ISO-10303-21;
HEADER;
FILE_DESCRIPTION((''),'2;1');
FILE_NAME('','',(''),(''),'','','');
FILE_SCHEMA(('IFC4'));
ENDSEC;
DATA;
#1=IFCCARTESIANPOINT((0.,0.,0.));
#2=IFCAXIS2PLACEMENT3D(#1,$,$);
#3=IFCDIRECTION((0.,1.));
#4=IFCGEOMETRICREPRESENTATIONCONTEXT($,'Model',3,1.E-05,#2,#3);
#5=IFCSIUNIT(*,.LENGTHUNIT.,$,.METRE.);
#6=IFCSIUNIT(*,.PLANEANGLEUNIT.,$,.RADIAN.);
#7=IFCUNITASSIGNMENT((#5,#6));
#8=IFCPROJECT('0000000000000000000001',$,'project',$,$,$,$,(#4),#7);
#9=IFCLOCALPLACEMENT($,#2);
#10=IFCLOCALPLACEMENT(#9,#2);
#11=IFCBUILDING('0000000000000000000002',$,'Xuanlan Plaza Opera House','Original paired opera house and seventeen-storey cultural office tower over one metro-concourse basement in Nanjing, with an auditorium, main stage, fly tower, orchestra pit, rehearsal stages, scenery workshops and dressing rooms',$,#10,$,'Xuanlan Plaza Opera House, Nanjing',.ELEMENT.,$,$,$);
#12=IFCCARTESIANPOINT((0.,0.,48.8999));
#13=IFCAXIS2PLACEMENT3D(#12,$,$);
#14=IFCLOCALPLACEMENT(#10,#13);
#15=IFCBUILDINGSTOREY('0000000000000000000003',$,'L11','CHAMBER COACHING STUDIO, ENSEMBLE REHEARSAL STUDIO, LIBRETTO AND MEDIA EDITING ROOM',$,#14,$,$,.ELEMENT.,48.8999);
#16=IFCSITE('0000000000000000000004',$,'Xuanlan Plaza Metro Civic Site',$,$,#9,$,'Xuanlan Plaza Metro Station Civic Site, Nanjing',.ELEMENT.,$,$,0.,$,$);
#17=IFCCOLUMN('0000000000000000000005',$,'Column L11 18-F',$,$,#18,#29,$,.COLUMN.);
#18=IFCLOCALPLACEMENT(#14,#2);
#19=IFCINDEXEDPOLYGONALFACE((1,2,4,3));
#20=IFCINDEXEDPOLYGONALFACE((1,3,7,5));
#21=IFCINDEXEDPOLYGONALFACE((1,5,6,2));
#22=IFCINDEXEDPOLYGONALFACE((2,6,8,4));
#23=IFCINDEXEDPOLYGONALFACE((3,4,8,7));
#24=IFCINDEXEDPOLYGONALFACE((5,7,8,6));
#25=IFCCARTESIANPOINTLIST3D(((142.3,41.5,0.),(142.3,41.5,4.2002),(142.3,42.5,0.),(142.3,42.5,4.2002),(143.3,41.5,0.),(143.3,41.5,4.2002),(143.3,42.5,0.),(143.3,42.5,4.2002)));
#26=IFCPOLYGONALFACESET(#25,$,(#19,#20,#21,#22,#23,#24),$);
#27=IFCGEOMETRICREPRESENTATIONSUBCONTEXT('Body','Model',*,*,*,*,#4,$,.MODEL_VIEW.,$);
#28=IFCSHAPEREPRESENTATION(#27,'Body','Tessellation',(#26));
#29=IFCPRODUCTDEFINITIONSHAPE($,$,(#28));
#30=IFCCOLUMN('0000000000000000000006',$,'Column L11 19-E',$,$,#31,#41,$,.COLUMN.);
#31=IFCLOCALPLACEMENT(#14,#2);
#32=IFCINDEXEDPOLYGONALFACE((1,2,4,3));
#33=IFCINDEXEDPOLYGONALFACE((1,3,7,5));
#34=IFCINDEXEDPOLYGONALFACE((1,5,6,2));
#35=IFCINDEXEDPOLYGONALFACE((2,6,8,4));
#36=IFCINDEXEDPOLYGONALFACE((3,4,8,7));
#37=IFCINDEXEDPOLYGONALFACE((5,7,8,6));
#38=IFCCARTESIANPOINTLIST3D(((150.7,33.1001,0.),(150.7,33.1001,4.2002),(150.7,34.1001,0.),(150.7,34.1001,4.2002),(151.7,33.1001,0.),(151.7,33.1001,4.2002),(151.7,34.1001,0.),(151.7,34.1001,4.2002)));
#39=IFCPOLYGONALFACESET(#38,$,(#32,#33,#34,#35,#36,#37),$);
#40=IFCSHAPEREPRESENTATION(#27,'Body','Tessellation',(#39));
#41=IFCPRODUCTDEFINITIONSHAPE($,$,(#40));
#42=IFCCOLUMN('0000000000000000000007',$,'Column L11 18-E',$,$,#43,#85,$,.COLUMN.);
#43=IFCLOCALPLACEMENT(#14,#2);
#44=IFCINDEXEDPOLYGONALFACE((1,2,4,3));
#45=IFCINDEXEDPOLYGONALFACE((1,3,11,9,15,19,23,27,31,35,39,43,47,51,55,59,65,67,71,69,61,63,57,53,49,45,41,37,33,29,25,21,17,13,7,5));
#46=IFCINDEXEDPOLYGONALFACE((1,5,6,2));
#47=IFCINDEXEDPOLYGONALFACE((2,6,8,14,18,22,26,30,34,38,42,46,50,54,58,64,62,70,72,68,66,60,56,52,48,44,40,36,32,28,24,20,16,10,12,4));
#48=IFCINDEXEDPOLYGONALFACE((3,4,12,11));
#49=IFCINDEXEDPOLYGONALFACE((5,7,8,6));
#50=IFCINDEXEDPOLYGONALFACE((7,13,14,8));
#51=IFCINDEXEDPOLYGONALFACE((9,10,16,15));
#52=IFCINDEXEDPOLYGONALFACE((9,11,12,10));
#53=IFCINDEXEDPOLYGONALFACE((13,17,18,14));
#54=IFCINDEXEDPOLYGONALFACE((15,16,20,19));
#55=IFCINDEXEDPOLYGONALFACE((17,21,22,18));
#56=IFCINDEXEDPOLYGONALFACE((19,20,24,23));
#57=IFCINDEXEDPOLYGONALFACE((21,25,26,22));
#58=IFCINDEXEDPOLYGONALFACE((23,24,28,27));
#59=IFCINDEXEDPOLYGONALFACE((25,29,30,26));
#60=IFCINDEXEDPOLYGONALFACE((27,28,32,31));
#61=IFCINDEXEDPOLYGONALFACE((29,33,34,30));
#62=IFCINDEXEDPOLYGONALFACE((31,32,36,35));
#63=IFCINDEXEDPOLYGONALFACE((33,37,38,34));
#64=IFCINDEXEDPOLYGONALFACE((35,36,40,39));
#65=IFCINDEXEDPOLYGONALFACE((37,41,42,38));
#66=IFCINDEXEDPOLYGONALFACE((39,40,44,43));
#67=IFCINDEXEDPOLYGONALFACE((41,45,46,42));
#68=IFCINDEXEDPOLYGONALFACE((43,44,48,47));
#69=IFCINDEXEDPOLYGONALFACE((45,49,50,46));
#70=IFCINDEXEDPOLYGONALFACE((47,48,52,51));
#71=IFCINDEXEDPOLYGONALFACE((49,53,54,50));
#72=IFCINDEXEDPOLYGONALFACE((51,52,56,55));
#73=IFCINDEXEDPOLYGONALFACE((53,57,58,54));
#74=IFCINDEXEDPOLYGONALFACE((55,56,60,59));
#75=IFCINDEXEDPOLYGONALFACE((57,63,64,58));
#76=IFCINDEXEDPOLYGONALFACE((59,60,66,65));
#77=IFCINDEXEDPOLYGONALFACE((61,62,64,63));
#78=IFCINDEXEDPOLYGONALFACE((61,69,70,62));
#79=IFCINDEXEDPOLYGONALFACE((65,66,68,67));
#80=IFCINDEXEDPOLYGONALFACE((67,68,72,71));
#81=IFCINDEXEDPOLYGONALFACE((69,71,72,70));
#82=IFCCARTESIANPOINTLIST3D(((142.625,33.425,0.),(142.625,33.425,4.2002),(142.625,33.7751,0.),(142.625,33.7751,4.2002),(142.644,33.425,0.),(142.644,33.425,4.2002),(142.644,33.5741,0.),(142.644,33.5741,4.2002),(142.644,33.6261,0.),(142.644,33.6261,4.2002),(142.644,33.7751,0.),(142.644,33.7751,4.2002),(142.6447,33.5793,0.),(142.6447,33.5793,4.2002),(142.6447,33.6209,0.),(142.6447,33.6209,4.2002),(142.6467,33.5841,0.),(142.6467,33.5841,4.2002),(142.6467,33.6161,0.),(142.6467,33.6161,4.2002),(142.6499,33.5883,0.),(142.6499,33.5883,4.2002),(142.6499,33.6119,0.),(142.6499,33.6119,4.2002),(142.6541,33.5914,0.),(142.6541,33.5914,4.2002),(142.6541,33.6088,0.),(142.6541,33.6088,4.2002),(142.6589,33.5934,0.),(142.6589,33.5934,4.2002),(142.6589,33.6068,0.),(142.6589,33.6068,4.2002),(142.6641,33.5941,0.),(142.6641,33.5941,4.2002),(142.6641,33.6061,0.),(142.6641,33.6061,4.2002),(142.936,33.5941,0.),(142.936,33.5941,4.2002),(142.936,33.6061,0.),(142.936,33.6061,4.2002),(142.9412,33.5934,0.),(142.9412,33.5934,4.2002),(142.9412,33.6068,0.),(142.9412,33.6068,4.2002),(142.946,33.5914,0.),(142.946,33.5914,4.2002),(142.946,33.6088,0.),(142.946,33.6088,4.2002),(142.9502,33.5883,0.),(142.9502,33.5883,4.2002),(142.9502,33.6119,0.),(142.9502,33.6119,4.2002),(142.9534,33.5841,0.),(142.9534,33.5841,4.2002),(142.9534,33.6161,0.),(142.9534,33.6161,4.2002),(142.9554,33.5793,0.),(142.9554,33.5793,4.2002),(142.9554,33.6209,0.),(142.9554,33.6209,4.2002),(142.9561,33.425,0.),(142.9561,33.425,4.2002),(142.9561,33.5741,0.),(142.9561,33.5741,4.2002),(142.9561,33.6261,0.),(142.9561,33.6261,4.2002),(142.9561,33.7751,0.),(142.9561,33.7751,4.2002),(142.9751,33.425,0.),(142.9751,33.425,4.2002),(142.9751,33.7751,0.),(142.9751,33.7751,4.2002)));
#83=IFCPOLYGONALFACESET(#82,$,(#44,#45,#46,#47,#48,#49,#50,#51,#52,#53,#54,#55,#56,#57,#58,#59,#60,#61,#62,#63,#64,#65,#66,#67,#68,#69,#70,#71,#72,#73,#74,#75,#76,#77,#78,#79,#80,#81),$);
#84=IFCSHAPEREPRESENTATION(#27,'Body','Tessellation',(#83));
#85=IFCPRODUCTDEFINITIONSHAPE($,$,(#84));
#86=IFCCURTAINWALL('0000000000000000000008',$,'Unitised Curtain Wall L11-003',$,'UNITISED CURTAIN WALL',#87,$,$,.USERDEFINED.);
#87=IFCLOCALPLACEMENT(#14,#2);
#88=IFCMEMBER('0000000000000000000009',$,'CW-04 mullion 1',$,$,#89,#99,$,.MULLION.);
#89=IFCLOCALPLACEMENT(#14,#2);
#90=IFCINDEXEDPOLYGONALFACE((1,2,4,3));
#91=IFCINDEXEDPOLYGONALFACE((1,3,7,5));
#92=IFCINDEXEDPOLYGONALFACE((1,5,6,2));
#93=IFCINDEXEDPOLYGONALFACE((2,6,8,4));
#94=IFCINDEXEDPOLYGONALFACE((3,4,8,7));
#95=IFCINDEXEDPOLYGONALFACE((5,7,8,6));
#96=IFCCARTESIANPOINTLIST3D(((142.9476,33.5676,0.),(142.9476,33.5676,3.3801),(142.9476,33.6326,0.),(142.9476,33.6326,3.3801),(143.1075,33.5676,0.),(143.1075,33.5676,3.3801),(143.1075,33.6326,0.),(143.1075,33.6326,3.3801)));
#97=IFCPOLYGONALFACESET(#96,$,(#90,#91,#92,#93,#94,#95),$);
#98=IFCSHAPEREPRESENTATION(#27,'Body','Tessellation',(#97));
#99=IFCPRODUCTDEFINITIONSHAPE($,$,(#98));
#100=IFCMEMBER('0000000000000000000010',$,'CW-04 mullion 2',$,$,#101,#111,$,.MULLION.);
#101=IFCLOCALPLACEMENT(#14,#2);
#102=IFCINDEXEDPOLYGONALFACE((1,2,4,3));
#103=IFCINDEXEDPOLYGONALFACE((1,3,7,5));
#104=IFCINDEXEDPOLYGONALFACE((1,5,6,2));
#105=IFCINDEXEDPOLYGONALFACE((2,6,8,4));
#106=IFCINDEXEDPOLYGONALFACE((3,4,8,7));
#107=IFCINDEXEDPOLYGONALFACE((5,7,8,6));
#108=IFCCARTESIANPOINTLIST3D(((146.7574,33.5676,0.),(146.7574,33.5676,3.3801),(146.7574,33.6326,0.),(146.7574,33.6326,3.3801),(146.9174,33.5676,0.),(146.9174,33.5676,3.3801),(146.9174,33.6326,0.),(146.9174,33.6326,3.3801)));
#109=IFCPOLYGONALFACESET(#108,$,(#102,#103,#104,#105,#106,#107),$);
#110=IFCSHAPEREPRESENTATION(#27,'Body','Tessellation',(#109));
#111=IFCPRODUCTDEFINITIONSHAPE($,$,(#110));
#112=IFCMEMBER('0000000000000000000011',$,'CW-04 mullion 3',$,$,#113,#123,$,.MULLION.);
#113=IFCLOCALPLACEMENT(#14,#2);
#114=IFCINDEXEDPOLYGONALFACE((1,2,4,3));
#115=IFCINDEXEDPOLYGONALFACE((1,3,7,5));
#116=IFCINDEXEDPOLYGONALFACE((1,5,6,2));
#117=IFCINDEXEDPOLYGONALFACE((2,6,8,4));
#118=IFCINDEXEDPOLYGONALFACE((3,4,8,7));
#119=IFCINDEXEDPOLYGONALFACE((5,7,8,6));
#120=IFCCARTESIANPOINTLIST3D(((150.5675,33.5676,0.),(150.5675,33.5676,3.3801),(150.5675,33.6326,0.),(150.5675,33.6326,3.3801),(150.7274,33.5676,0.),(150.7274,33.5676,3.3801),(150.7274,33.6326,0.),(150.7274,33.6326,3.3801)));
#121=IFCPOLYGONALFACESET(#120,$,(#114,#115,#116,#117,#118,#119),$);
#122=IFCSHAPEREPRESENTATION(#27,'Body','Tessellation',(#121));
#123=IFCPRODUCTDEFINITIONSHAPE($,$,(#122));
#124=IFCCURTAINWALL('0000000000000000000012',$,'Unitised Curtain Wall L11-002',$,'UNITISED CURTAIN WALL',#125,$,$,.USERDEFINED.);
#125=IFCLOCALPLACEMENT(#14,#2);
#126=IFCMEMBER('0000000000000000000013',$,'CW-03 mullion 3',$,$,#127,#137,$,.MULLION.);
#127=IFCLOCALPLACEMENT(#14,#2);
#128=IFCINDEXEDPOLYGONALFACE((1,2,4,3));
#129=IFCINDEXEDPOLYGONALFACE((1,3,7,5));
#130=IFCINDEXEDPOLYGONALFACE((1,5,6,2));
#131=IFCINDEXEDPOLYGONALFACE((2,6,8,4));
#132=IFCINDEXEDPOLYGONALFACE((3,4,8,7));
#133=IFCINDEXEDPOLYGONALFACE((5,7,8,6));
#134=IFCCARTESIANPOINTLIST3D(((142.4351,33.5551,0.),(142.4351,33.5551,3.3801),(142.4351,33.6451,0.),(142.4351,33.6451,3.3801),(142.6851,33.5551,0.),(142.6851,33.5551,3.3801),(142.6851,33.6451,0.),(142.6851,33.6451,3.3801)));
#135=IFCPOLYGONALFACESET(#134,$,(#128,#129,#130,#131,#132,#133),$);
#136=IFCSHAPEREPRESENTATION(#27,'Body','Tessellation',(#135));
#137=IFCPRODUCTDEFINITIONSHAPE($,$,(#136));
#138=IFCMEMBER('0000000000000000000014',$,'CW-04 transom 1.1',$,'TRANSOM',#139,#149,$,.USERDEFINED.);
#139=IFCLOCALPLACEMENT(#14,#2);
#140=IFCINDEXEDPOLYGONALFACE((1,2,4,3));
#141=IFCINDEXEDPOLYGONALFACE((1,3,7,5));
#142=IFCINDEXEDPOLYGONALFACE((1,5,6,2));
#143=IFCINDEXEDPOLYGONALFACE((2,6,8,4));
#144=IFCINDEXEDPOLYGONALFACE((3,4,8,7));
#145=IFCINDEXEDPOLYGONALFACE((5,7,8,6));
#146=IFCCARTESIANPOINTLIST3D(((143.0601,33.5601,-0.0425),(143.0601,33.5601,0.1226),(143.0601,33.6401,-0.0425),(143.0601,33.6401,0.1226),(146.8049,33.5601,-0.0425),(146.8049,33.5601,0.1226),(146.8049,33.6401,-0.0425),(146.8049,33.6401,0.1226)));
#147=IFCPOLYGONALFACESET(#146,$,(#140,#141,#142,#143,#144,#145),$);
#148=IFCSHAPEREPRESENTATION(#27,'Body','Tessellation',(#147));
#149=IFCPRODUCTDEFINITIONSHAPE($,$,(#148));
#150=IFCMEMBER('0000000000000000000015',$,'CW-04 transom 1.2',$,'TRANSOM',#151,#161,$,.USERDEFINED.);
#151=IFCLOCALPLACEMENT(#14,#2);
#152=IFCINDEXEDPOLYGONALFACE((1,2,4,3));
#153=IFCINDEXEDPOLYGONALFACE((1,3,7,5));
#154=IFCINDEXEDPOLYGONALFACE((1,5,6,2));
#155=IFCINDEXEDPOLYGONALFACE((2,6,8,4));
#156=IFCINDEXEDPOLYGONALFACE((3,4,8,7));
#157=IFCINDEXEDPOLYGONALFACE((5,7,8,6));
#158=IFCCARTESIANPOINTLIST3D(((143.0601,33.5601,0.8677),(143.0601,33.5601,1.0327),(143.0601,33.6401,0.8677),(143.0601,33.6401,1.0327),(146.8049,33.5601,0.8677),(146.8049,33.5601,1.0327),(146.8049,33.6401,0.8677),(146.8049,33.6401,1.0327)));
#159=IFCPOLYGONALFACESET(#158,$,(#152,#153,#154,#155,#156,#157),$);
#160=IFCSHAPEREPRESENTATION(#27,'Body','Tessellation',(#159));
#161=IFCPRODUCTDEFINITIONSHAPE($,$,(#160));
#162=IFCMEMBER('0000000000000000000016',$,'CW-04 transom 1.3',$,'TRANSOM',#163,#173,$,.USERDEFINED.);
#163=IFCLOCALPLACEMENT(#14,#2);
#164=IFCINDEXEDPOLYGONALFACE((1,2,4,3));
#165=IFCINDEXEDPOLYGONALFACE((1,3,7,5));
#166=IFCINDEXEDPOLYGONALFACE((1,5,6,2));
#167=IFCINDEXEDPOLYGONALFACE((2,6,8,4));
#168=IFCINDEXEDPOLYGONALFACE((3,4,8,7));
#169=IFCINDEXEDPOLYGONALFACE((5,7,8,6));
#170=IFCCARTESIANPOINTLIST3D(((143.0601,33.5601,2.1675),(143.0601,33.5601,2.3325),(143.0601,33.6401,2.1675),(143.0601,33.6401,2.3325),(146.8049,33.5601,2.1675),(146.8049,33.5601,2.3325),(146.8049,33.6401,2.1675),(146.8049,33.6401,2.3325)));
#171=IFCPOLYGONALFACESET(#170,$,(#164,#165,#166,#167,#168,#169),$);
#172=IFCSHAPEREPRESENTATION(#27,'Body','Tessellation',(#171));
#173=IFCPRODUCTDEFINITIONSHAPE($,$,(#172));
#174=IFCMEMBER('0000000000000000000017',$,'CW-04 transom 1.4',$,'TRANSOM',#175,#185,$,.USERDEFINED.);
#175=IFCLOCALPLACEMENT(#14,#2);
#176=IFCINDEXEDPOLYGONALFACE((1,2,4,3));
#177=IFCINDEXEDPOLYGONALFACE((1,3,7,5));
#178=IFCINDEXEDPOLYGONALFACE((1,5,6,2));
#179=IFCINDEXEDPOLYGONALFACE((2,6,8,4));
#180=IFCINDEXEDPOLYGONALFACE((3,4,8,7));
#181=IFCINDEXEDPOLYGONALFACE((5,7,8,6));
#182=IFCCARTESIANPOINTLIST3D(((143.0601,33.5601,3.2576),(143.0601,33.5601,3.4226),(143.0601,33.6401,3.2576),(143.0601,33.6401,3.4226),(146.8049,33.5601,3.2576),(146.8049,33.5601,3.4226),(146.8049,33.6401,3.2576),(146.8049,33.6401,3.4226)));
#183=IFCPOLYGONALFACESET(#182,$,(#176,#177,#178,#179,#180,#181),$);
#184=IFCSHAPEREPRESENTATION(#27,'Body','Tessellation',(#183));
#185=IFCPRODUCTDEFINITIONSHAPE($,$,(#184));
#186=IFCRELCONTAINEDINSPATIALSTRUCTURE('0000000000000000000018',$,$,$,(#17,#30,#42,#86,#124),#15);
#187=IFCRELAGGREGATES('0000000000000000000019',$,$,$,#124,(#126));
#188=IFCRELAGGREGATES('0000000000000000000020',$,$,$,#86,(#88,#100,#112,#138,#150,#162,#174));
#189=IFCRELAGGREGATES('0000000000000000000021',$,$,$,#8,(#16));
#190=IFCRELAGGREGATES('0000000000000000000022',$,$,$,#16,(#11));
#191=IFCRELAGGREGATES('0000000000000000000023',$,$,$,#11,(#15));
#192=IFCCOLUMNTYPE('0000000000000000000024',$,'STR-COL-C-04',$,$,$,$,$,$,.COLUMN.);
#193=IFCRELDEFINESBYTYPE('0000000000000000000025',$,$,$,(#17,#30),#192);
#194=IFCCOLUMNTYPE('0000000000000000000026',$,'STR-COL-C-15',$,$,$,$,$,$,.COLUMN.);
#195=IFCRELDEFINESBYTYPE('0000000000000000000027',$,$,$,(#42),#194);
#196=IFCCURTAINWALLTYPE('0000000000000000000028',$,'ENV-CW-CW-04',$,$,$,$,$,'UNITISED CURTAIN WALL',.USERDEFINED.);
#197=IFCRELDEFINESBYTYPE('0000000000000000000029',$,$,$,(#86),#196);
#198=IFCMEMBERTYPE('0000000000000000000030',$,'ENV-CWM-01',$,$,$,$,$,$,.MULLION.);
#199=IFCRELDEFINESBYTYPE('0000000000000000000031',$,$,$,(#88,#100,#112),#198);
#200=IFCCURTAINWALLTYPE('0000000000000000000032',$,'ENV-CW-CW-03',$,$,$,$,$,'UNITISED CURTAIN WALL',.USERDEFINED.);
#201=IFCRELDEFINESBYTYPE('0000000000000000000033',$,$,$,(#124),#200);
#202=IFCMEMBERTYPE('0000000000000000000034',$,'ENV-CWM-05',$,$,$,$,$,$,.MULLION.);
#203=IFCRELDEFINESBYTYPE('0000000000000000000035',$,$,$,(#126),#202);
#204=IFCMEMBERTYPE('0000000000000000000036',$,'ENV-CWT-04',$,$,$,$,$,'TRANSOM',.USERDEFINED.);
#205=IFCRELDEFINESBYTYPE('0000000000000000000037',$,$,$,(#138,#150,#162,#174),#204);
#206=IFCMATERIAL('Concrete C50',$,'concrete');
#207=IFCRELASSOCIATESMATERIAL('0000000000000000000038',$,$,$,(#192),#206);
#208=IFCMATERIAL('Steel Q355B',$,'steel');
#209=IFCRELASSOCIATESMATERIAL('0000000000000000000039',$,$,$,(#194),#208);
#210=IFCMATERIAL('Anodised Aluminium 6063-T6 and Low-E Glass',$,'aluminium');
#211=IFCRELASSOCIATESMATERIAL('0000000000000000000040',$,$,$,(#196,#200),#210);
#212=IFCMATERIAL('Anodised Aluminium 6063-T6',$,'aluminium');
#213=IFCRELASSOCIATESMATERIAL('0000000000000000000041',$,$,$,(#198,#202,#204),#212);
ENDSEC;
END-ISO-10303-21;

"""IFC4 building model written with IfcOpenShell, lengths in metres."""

from ifc_helpers import new_model, si_unit, direction, frame, origin, origin_2d, place, context, subcontext, project, spatial, rectangle, i_section, extrude, material, material_profile, profile_set, type_object, element, aggregate, save


model = new_model("IFC4")

# Units and contexts
model_context = context("Model", 3, precision=1e-05, world=origin(), true_north=direction((0.0, 1.0)))
body_context = subcontext(model_context, "Body", "Model", "MODEL_VIEW")
ifc_project = project(units=[si_unit("LENGTHUNIT", "METRE"), si_unit("PLANEANGLEUNIT", "RADIAN")], contexts=[model_context])

# Site, building, storey
site_placement = place(None, origin())
site = spatial("IfcSite", under=ifc_project, at=site_placement, Name="Xuanlan Plaza Metro Civic Site", LongName="Xuanlan Plaza Metro Station Civic Site, Nanjing", CompositionType="ELEMENT", RefElevation=0.0)
building_placement = place(site_placement, origin())
building = spatial("IfcBuilding", under=site, at=building_placement, Name="Xuanlan Plaza Opera House", Description="Original paired opera house and seventeen-storey cultural office tower over one metro-concourse basement in Nanjing, with an auditorium, main stage, fly tower, orchestra pit, rehearsal stages, scenery workshops and dressing rooms", LongName="Xuanlan Plaza Opera House, Nanjing", CompositionType="ELEMENT")
storey_placement = place(building_placement, frame((0.0, 0.0, 48.8999)))
storey = spatial("IfcBuildingStorey", under=building, at=storey_placement, Name="L11", Description="CHAMBER COACHING STUDIO, ENSEMBLE REHEARSAL STUDIO, LIBRETTO AND MEDIA EDITING ROOM", CompositionType="ELEMENT", Elevation=48.8999)

# Columns
ifc_material_1 = material(Name="Concrete C50", Category="concrete")
ifc_material_profile_1 = material_profile(ifc_material_1, rectangle(XDim=1.0, YDim=1.0, at=origin_2d()), Name="RC-COL 1000x1000")
ifc_profile_set_1 = profile_set([ifc_material_profile_1], Name="Concrete C50")
column_type_1 = type_object("IfcColumnType", Name="STR-COL-C-04", PredefinedType="COLUMN", material=ifc_profile_set_1)
for number, where, z_axis, x_axis, name in (
    (1, (142.8, 42.0, 0.0), (0.0, 0.0, 1.0), (1.0, 0.0, 0.0), "Column L11 18-F"),
    (2, (151.2, 33.6001, 0.0), (0.0, 0.0, 1.0), (1.0, 0.0, 0.0), "Column L11 19-E"),
):
    element("IfcColumn", number, at=place(storey_placement, frame(where, z_axis=z_axis, x_axis=x_axis)), inside=storey, type_object=column_type_1, Name=name, PredefinedType="COLUMN", context=body_context, shape_type="SweptSolid", body=[
        extrude(rectangle(XDim=1.0, YDim=1.0, at=origin_2d()), origin(), (0.0, 0.0, 1.0), 4.2002),
    ])
ifc_material_2 = material(Name="Steel Q355B", Category="steel")
ifc_material_profile_2 = material_profile(ifc_material_2, i_section(OverallWidth=0.3501, OverallDepth=0.3501, WebThickness=0.012, FlangeThickness=0.019, FilletRadius=0.02, at=origin_2d()), Name="HW 350x350x12x19")
ifc_profile_set_2 = profile_set([ifc_material_profile_2], Name="Steel Q355B")
column_type_2 = type_object("IfcColumnType", Name="STR-COL-C-15", PredefinedType="COLUMN", material=ifc_profile_set_2)
column_placement = place(storey_placement, frame((142.8, 33.6001, 0.0), z_axis=(0.0, 0.0, 1.0), x_axis=(0.0, 1.0, 0.0)))
element("IfcColumn", 3, at=column_placement, inside=storey, type_object=column_type_2, Name="Column L11 18-E", PredefinedType="COLUMN", context=body_context, shape_type="SweptSolid", body=[
    extrude(i_section(OverallWidth=0.3501, OverallDepth=0.3501, WebThickness=0.012, FlangeThickness=0.019, FilletRadius=0.02, at=origin_2d()), origin(), (0.0, 0.0, 1.0), 4.2002),
])

# Curtain wall, members
ifc_material_3 = material(Name="Anodised Aluminium 6063-T6 and Low-E Glass", Category="aluminium")
curtain_wall_type_1 = type_object("IfcCurtainWallType", Name="ENV-CW-CW-04", ElementType="UNITISED CURTAIN WALL", PredefinedType="USERDEFINED", material=ifc_material_3)
curtain_wall_1_placement = place(storey_placement, origin())
curtain_wall_1 = element("IfcCurtainWall", 4, at=curtain_wall_1_placement, inside=storey, type_object=curtain_wall_type_1, Name="Unitised Curtain Wall L11-003", ObjectType="UNITISED CURTAIN WALL", PredefinedType="USERDEFINED")
ifc_material_4 = material(Name="Anodised Aluminium 6063-T6", Category="aluminium")
ifc_material_profile_3 = material_profile(ifc_material_4, rectangle(XDim=0.0649, YDim=0.1599, at=origin_2d()), Name="ALU-M 65x160")
ifc_profile_set_3 = profile_set([ifc_material_profile_3], Name="Anodised Aluminium 6063-T6")
member_type_1 = type_object("IfcMemberType", Name="ENV-CWM-01", PredefinedType="MULLION", material=ifc_profile_set_3)
member_1_placement = place(storey_placement, frame((143.0276, 33.6001, 0.0), z_axis=(0.0, 0.0, 1.0), x_axis=(0.0, 1.0, 0.0)))
member_1 = element("IfcMember", 5, at=member_1_placement, type_object=member_type_1, Name="CW-04 mullion 1", PredefinedType="MULLION", context=body_context, shape_type="SweptSolid", body=[
    extrude(rectangle(XDim=0.0649, YDim=0.1599, at=origin_2d()), origin(), (0.0, 0.0, 1.0), 3.3801),
])
member_2_placement = place(storey_placement, frame((146.8374, 33.6001, 0.0), z_axis=(0.0, 0.0, 1.0), x_axis=(0.0, 1.0, 0.0)))
member_2 = element("IfcMember", 6, at=member_2_placement, type_object=member_type_1, Name="CW-04 mullion 2", PredefinedType="MULLION", context=body_context, shape_type="SweptSolid", body=[
    extrude(rectangle(XDim=0.0649, YDim=0.1599, at=origin_2d()), origin(), (0.0, 0.0, 1.0), 3.3801),
])
member_3_placement = place(storey_placement, frame((150.6475, 33.6001, 0.0), z_axis=(0.0, 0.0, 1.0), x_axis=(0.0, 1.0, 0.0)))
member_3 = element("IfcMember", 7, at=member_3_placement, type_object=member_type_1, Name="CW-04 mullion 3", PredefinedType="MULLION", context=body_context, shape_type="SweptSolid", body=[
    extrude(rectangle(XDim=0.0649, YDim=0.1599, at=origin_2d()), origin(), (0.0, 0.0, 1.0), 3.3801),
])

# Curtain wall, member
curtain_wall_type_2 = type_object("IfcCurtainWallType", Name="ENV-CW-CW-03", ElementType="UNITISED CURTAIN WALL", PredefinedType="USERDEFINED", material=ifc_material_3)
curtain_wall_2_placement = place(storey_placement, origin())
curtain_wall_2 = element("IfcCurtainWall", 8, at=curtain_wall_2_placement, inside=storey, type_object=curtain_wall_type_2, Name="Unitised Curtain Wall L11-002", ObjectType="UNITISED CURTAIN WALL", PredefinedType="USERDEFINED")
ifc_material_profile_4 = material_profile(ifc_material_4, rectangle(XDim=0.0901, YDim=0.25, at=origin_2d()), Name="ALU-M 90x250")
ifc_profile_set_4 = profile_set([ifc_material_profile_4], Name="Anodised Aluminium 6063-T6")
member_type_2 = type_object("IfcMemberType", Name="ENV-CWM-05", PredefinedType="MULLION", material=ifc_profile_set_4)
member_4_placement = place(storey_placement, frame((142.5601, 33.6001, 0.0), z_axis=(0.0, 0.0, 1.0), x_axis=(0.0, 1.0, 0.0)))
member_4 = element("IfcMember", 9, at=member_4_placement, type_object=member_type_2, Name="CW-03 mullion 3", PredefinedType="MULLION", context=body_context, shape_type="SweptSolid", body=[
    extrude(rectangle(XDim=0.0901, YDim=0.25, at=origin_2d()), origin(), (0.0, 0.0, 1.0), 3.3801),
])
aggregate(curtain_wall_2, [member_4])

# Members
ifc_material_profile_5 = material_profile(ifc_material_4, rectangle(XDim=0.0801, YDim=0.165, at=origin_2d()), Name="ALU-T 80x165")
ifc_profile_set_5 = profile_set([ifc_material_profile_5], Name="Anodised Aluminium 6063-T6")
member_type_3 = type_object("IfcMemberType", Name="ENV-CWT-04", ElementType="TRANSOM", PredefinedType="USERDEFINED", material=ifc_profile_set_5)
member_5_placement = place(storey_placement, frame((143.0601, 33.6001, 0.04), z_axis=(1.0, 0.0, 0.0), x_axis=(0.0, 1.0, 0.0)))
member_5 = element("IfcMember", 10, at=member_5_placement, type_object=member_type_3, Name="CW-04 transom 1.1", ObjectType="TRANSOM", PredefinedType="USERDEFINED", context=body_context, shape_type="SweptSolid", body=[
    extrude(rectangle(XDim=0.0801, YDim=0.165, at=origin_2d()), origin(), (0.0, 0.0, 1.0), 3.7449),
])
member_6_placement = place(storey_placement, frame((143.0601, 33.6001, 0.9502), z_axis=(1.0, 0.0, 0.0), x_axis=(0.0, 1.0, 0.0)))
member_6 = element("IfcMember", 11, at=member_6_placement, type_object=member_type_3, Name="CW-04 transom 1.2", ObjectType="TRANSOM", PredefinedType="USERDEFINED", context=body_context, shape_type="SweptSolid", body=[
    extrude(rectangle(XDim=0.0801, YDim=0.165, at=origin_2d()), origin(), (0.0, 0.0, 1.0), 3.7449),
])
member_7_placement = place(storey_placement, frame((143.0601, 33.6001, 2.25), z_axis=(1.0, 0.0, 0.0), x_axis=(0.0, 1.0, 0.0)))
member_7 = element("IfcMember", 12, at=member_7_placement, type_object=member_type_3, Name="CW-04 transom 1.3", ObjectType="TRANSOM", PredefinedType="USERDEFINED", context=body_context, shape_type="SweptSolid", body=[
    extrude(rectangle(XDim=0.0801, YDim=0.165, at=origin_2d()), origin(), (0.0, 0.0, 1.0), 3.7449),
])
member_8_placement = place(storey_placement, frame((143.0601, 33.6001, 3.3401), z_axis=(1.0, 0.0, 0.0), x_axis=(0.0, 1.0, 0.0)))
member_8 = element("IfcMember", 13, at=member_8_placement, type_object=member_type_3, Name="CW-04 transom 1.4", ObjectType="TRANSOM", PredefinedType="USERDEFINED", context=body_context, shape_type="SweptSolid", body=[
    extrude(rectangle(XDim=0.0801, YDim=0.165, at=origin_2d()), origin(), (0.0, 0.0, 1.0), 3.7449),
])

aggregate(curtain_wall_1, [member_1, member_2, member_3, member_5, member_6, member_7, member_8])

save(model, "model.ifc")
